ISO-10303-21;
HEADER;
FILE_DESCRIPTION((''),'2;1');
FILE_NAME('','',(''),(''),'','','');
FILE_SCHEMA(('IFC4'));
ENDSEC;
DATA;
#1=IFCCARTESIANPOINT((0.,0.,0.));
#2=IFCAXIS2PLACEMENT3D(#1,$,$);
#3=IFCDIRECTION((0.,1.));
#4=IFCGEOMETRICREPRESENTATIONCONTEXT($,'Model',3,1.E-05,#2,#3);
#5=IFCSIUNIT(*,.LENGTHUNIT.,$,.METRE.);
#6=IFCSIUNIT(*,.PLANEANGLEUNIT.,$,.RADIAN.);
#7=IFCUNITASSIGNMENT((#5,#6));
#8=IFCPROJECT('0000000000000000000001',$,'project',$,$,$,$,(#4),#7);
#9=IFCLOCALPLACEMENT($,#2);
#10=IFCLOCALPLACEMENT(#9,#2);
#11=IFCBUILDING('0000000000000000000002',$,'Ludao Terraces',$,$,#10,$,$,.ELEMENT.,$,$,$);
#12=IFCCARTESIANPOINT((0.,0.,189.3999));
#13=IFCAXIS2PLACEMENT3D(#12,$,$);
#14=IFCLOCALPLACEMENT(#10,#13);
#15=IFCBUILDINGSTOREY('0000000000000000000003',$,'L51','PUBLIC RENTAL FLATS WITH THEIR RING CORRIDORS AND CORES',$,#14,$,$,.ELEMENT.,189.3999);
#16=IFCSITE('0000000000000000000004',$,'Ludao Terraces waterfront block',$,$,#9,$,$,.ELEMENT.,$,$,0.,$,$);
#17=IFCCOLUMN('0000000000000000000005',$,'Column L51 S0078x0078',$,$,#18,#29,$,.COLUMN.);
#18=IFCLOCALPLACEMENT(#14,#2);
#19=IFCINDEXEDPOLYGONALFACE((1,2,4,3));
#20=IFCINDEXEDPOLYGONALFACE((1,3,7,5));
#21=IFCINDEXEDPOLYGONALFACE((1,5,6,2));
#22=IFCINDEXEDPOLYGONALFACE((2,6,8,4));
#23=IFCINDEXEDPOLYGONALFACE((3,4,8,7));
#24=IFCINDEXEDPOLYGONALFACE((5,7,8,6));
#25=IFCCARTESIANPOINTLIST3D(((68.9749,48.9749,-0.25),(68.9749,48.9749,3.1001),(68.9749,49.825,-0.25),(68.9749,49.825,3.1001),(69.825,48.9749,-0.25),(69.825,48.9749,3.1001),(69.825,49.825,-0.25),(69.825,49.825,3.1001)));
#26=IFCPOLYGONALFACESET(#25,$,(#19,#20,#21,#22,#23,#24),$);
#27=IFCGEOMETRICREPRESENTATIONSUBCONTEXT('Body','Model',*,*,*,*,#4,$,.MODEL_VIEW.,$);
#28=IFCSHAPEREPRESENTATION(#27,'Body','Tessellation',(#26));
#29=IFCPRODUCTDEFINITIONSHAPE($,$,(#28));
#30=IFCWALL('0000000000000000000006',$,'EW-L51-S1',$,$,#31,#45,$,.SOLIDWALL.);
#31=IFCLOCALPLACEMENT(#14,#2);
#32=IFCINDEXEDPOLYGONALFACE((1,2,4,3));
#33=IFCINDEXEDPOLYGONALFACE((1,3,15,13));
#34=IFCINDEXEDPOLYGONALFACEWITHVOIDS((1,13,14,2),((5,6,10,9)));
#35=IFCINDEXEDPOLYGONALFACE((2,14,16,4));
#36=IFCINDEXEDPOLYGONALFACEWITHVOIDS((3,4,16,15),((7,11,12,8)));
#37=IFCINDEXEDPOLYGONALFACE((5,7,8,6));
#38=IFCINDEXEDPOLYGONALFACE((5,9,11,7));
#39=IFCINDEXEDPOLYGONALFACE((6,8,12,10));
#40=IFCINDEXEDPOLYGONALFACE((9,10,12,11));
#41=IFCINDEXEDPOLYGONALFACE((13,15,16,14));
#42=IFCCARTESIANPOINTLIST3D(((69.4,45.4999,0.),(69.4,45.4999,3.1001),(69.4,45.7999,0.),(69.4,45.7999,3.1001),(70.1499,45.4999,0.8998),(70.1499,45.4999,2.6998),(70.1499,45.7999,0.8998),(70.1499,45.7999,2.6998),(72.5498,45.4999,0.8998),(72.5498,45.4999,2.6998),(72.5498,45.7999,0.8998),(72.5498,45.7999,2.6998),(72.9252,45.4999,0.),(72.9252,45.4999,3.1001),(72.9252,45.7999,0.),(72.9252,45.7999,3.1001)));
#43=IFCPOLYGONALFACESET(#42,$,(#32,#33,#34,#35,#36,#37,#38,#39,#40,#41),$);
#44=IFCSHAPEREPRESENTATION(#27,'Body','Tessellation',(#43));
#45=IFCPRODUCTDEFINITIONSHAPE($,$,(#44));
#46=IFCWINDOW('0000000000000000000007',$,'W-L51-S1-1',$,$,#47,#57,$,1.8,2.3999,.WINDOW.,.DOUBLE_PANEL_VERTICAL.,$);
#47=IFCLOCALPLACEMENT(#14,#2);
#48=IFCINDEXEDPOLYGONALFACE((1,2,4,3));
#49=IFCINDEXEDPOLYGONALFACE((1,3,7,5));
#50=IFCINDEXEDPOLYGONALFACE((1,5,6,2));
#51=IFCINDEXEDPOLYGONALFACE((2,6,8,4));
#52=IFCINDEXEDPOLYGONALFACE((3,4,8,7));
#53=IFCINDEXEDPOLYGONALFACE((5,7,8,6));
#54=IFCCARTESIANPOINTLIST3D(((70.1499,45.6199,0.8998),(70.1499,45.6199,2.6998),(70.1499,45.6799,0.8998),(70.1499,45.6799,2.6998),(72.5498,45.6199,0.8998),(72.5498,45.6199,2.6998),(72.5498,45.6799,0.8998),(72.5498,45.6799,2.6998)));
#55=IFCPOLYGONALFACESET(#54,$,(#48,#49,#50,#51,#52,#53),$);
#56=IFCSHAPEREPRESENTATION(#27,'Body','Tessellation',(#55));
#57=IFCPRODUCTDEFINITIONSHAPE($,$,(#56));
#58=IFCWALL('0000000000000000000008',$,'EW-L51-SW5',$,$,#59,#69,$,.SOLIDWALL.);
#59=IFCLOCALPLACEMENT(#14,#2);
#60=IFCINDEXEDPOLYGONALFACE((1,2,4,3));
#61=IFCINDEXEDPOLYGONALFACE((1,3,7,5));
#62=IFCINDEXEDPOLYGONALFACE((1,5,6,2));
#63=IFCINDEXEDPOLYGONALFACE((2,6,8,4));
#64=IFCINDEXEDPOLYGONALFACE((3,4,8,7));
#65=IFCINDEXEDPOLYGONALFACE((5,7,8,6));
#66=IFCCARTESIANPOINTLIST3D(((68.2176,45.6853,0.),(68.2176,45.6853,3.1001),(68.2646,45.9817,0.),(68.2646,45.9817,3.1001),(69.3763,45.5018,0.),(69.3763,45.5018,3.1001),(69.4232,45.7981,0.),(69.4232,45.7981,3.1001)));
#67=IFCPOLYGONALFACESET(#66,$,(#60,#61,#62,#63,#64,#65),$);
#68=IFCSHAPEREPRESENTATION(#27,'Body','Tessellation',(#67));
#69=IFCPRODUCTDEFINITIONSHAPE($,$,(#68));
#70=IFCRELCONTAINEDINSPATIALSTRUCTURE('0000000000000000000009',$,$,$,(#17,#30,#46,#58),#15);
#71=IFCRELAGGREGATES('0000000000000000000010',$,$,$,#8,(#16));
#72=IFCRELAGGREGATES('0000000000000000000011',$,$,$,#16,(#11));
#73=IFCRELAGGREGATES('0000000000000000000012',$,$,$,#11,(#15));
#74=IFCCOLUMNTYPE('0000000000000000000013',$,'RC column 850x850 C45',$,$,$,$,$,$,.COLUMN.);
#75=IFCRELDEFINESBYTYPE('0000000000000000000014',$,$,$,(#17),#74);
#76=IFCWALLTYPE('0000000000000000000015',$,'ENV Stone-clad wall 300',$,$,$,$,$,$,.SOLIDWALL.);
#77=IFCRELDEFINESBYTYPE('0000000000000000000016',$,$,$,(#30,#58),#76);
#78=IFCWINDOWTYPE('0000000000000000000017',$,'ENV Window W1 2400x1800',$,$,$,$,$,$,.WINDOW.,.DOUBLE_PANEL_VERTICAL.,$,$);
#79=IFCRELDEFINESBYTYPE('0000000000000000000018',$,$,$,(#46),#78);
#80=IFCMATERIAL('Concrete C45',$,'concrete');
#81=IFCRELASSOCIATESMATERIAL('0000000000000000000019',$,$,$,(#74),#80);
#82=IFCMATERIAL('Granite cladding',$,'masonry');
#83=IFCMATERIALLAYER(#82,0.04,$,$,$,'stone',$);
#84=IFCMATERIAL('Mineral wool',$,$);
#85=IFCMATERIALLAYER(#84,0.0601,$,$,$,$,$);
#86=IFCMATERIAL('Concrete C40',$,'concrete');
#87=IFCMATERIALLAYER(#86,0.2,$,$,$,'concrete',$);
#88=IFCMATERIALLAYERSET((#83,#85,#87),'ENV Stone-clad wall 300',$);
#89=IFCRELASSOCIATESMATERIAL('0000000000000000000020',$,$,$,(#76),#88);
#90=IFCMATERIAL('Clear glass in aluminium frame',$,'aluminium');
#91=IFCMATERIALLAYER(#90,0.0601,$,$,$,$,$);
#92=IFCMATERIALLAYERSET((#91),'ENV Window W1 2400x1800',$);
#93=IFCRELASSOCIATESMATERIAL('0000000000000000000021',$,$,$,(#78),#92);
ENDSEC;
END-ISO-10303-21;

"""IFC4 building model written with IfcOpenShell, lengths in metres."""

from ifc_helpers import new_model, si_unit, direction, frame, frame_2d, origin, origin_2d, place, context, subcontext, project, spatial, rectangle, extrude, material, layer, layer_set, material_profile, profile_set, type_object, element, fill, save


model = new_model("IFC4")

# Units and contexts
model_context = context("Model", 3, precision=1e-05, world=origin(), true_north=direction((0.0, 1.0)))
body_context = subcontext(model_context, "Body", "Model", "MODEL_VIEW")
ifc_project = project(units=[si_unit("LENGTHUNIT", "METRE"), si_unit("PLANEANGLEUNIT", "RADIAN")], contexts=[model_context])

# Site, building, storey
site_placement = place(None, origin())
site = spatial("IfcSite", under=ifc_project, at=site_placement, Name="Ludao Terraces waterfront block", CompositionType="ELEMENT", RefElevation=0.0)
building_placement = place(site_placement, origin())
building = spatial("IfcBuilding", under=site, at=building_placement, Name="Ludao Terraces", CompositionType="ELEMENT")
storey_placement = place(building_placement, frame((0.0, 0.0, 189.3999)))
storey = spatial("IfcBuildingStorey", under=building, at=storey_placement, Name="L51", Description="PUBLIC RENTAL FLATS WITH THEIR RING CORRIDORS AND CORES", CompositionType="ELEMENT", Elevation=189.3999)

# Column
ifc_material_1 = material(Name="Concrete C45", Category="concrete")
ifc_material_profile = material_profile(ifc_material_1, rectangle(XDim=0.8501, YDim=0.8501, at=origin_2d()), Name="850 X 850")
ifc_profile_set = profile_set([ifc_material_profile], Name="Concrete C45")
column_type = type_object("IfcColumnType", Name="RC column 850x850 C45", PredefinedType="COLUMN", material=ifc_profile_set)
column_placement = place(storey_placement, frame((69.3999, 49.3999, -0.25), z_axis=(0.0, 0.0, 1.0), x_axis=(1.0, 0.0, 0.0)))
element("IfcColumn", 1, at=column_placement, inside=storey, type_object=column_type, Name="Column L51 S0078x0078", PredefinedType="COLUMN", context=body_context, shape_type="SweptSolid", body=[
    extrude(rectangle(XDim=0.8501, YDim=0.8501, at=origin_2d()), origin(), (0.0, 0.0, 1.0), 3.3501),
])

# Wall, opening, window
ifc_material_2 = material(Name="Granite cladding", Category="masonry")
ifc_layer_1 = layer(ifc_material_2, 0.04, Category="stone")
ifc_material_3 = material(Name="Mineral wool")
ifc_layer_2 = layer(ifc_material_3, 0.0601)
ifc_material_4 = material(Name="Concrete C40", Category="concrete")
ifc_layer_3 = layer(ifc_material_4, 0.2, Category="concrete")
ifc_layer_set_1 = layer_set([ifc_layer_1, ifc_layer_2, ifc_layer_3], Name="ENV Stone-clad wall 300")
wall_type_1 = type_object("IfcWallType", Name="ENV Stone-clad wall 300", PredefinedType="SOLIDWALL", material=ifc_layer_set_1)
wall_1_placement = place(storey_placement, frame((69.3999, 45.6499, 0.0), z_axis=(0.0, 0.0, 1.0), x_axis=(1.0, 0.0, 0.0)))
wall_1 = element("IfcWall", 2, at=wall_1_placement, inside=storey, type_object=wall_type_1, Name="EW-L51-S1", PredefinedType="SOLIDWALL", context=body_context, shape_type="SweptSolid", body=[
    extrude(rectangle(XDim=3.5251, YDim=0.3, at=frame_2d((1.7627, 0.0))), origin(), (0.0, 0.0, 1.0), 3.1001),
])
opening_1_placement = place(wall_1_placement, frame((0.75, 0.0, 0.8999)))
opening_1 = element("IfcOpeningElement", 3, at=opening_1_placement, cuts=wall_1, PredefinedType="OPENING", context=body_context, shape_type="SweptSolid", body=[
    extrude(rectangle(XDim=2.3999, YDim=1.8, at=frame_2d((1.2, 0.8999))), frame((0.0, 0.1602, 0.0), z_axis=(0.0, -1.0, 0.0), x_axis=(1.0, 0.0, 0.0)), (0.0, 0.0, 1.0), 0.3201),
])
ifc_material_5 = material(Name="Clear glass in aluminium frame", Category="aluminium")
ifc_layer_4 = layer(ifc_material_5, 0.0601)
ifc_layer_set_2 = layer_set([ifc_layer_4], Name="ENV Window W1 2400x1800")
window_type = type_object("IfcWindowType", Name="ENV Window W1 2400x1800", PartitioningType="DOUBLE_PANEL_VERTICAL", PredefinedType="WINDOW", material=ifc_layer_set_2)
window_placement = place(opening_1_placement, origin())
window = element("IfcWindow", 4, at=window_placement, inside=storey, type_object=window_type, Name="W-L51-S1-1", OverallHeight=1.8, OverallWidth=2.3999, PartitioningType="DOUBLE_PANEL_VERTICAL", PredefinedType="WINDOW", context=body_context, shape_type="SweptSolid", body=[
    extrude(rectangle(XDim=2.3999, YDim=1.8, at=frame_2d((1.2, 0.8999))), frame((0.0, 0.03, 0.0), z_axis=(0.0, -1.0, 0.0), x_axis=(1.0, 0.0, 0.0)), (0.0, 0.0, 1.0), 0.0601),
])
fill(opening_1, window)

# Wall
wall_2_placement = place(storey_placement, frame((68.2412, 45.8335, 0.0), z_axis=(0.0, 0.0, 1.0), x_axis=(0.987678, -0.156497, 0.0)))
element("IfcWall", 5, at=wall_2_placement, inside=storey, type_object=wall_type_1, Name="EW-L51-SW5", PredefinedType="SOLIDWALL", context=body_context, shape_type="SweptSolid", body=[
    extrude(rectangle(XDim=1.1731, YDim=0.3, at=frame_2d((0.5864, 0.0))), origin(), (0.0, 0.0, 1.0), 3.1001),
])

save(model, "model.ifc")
